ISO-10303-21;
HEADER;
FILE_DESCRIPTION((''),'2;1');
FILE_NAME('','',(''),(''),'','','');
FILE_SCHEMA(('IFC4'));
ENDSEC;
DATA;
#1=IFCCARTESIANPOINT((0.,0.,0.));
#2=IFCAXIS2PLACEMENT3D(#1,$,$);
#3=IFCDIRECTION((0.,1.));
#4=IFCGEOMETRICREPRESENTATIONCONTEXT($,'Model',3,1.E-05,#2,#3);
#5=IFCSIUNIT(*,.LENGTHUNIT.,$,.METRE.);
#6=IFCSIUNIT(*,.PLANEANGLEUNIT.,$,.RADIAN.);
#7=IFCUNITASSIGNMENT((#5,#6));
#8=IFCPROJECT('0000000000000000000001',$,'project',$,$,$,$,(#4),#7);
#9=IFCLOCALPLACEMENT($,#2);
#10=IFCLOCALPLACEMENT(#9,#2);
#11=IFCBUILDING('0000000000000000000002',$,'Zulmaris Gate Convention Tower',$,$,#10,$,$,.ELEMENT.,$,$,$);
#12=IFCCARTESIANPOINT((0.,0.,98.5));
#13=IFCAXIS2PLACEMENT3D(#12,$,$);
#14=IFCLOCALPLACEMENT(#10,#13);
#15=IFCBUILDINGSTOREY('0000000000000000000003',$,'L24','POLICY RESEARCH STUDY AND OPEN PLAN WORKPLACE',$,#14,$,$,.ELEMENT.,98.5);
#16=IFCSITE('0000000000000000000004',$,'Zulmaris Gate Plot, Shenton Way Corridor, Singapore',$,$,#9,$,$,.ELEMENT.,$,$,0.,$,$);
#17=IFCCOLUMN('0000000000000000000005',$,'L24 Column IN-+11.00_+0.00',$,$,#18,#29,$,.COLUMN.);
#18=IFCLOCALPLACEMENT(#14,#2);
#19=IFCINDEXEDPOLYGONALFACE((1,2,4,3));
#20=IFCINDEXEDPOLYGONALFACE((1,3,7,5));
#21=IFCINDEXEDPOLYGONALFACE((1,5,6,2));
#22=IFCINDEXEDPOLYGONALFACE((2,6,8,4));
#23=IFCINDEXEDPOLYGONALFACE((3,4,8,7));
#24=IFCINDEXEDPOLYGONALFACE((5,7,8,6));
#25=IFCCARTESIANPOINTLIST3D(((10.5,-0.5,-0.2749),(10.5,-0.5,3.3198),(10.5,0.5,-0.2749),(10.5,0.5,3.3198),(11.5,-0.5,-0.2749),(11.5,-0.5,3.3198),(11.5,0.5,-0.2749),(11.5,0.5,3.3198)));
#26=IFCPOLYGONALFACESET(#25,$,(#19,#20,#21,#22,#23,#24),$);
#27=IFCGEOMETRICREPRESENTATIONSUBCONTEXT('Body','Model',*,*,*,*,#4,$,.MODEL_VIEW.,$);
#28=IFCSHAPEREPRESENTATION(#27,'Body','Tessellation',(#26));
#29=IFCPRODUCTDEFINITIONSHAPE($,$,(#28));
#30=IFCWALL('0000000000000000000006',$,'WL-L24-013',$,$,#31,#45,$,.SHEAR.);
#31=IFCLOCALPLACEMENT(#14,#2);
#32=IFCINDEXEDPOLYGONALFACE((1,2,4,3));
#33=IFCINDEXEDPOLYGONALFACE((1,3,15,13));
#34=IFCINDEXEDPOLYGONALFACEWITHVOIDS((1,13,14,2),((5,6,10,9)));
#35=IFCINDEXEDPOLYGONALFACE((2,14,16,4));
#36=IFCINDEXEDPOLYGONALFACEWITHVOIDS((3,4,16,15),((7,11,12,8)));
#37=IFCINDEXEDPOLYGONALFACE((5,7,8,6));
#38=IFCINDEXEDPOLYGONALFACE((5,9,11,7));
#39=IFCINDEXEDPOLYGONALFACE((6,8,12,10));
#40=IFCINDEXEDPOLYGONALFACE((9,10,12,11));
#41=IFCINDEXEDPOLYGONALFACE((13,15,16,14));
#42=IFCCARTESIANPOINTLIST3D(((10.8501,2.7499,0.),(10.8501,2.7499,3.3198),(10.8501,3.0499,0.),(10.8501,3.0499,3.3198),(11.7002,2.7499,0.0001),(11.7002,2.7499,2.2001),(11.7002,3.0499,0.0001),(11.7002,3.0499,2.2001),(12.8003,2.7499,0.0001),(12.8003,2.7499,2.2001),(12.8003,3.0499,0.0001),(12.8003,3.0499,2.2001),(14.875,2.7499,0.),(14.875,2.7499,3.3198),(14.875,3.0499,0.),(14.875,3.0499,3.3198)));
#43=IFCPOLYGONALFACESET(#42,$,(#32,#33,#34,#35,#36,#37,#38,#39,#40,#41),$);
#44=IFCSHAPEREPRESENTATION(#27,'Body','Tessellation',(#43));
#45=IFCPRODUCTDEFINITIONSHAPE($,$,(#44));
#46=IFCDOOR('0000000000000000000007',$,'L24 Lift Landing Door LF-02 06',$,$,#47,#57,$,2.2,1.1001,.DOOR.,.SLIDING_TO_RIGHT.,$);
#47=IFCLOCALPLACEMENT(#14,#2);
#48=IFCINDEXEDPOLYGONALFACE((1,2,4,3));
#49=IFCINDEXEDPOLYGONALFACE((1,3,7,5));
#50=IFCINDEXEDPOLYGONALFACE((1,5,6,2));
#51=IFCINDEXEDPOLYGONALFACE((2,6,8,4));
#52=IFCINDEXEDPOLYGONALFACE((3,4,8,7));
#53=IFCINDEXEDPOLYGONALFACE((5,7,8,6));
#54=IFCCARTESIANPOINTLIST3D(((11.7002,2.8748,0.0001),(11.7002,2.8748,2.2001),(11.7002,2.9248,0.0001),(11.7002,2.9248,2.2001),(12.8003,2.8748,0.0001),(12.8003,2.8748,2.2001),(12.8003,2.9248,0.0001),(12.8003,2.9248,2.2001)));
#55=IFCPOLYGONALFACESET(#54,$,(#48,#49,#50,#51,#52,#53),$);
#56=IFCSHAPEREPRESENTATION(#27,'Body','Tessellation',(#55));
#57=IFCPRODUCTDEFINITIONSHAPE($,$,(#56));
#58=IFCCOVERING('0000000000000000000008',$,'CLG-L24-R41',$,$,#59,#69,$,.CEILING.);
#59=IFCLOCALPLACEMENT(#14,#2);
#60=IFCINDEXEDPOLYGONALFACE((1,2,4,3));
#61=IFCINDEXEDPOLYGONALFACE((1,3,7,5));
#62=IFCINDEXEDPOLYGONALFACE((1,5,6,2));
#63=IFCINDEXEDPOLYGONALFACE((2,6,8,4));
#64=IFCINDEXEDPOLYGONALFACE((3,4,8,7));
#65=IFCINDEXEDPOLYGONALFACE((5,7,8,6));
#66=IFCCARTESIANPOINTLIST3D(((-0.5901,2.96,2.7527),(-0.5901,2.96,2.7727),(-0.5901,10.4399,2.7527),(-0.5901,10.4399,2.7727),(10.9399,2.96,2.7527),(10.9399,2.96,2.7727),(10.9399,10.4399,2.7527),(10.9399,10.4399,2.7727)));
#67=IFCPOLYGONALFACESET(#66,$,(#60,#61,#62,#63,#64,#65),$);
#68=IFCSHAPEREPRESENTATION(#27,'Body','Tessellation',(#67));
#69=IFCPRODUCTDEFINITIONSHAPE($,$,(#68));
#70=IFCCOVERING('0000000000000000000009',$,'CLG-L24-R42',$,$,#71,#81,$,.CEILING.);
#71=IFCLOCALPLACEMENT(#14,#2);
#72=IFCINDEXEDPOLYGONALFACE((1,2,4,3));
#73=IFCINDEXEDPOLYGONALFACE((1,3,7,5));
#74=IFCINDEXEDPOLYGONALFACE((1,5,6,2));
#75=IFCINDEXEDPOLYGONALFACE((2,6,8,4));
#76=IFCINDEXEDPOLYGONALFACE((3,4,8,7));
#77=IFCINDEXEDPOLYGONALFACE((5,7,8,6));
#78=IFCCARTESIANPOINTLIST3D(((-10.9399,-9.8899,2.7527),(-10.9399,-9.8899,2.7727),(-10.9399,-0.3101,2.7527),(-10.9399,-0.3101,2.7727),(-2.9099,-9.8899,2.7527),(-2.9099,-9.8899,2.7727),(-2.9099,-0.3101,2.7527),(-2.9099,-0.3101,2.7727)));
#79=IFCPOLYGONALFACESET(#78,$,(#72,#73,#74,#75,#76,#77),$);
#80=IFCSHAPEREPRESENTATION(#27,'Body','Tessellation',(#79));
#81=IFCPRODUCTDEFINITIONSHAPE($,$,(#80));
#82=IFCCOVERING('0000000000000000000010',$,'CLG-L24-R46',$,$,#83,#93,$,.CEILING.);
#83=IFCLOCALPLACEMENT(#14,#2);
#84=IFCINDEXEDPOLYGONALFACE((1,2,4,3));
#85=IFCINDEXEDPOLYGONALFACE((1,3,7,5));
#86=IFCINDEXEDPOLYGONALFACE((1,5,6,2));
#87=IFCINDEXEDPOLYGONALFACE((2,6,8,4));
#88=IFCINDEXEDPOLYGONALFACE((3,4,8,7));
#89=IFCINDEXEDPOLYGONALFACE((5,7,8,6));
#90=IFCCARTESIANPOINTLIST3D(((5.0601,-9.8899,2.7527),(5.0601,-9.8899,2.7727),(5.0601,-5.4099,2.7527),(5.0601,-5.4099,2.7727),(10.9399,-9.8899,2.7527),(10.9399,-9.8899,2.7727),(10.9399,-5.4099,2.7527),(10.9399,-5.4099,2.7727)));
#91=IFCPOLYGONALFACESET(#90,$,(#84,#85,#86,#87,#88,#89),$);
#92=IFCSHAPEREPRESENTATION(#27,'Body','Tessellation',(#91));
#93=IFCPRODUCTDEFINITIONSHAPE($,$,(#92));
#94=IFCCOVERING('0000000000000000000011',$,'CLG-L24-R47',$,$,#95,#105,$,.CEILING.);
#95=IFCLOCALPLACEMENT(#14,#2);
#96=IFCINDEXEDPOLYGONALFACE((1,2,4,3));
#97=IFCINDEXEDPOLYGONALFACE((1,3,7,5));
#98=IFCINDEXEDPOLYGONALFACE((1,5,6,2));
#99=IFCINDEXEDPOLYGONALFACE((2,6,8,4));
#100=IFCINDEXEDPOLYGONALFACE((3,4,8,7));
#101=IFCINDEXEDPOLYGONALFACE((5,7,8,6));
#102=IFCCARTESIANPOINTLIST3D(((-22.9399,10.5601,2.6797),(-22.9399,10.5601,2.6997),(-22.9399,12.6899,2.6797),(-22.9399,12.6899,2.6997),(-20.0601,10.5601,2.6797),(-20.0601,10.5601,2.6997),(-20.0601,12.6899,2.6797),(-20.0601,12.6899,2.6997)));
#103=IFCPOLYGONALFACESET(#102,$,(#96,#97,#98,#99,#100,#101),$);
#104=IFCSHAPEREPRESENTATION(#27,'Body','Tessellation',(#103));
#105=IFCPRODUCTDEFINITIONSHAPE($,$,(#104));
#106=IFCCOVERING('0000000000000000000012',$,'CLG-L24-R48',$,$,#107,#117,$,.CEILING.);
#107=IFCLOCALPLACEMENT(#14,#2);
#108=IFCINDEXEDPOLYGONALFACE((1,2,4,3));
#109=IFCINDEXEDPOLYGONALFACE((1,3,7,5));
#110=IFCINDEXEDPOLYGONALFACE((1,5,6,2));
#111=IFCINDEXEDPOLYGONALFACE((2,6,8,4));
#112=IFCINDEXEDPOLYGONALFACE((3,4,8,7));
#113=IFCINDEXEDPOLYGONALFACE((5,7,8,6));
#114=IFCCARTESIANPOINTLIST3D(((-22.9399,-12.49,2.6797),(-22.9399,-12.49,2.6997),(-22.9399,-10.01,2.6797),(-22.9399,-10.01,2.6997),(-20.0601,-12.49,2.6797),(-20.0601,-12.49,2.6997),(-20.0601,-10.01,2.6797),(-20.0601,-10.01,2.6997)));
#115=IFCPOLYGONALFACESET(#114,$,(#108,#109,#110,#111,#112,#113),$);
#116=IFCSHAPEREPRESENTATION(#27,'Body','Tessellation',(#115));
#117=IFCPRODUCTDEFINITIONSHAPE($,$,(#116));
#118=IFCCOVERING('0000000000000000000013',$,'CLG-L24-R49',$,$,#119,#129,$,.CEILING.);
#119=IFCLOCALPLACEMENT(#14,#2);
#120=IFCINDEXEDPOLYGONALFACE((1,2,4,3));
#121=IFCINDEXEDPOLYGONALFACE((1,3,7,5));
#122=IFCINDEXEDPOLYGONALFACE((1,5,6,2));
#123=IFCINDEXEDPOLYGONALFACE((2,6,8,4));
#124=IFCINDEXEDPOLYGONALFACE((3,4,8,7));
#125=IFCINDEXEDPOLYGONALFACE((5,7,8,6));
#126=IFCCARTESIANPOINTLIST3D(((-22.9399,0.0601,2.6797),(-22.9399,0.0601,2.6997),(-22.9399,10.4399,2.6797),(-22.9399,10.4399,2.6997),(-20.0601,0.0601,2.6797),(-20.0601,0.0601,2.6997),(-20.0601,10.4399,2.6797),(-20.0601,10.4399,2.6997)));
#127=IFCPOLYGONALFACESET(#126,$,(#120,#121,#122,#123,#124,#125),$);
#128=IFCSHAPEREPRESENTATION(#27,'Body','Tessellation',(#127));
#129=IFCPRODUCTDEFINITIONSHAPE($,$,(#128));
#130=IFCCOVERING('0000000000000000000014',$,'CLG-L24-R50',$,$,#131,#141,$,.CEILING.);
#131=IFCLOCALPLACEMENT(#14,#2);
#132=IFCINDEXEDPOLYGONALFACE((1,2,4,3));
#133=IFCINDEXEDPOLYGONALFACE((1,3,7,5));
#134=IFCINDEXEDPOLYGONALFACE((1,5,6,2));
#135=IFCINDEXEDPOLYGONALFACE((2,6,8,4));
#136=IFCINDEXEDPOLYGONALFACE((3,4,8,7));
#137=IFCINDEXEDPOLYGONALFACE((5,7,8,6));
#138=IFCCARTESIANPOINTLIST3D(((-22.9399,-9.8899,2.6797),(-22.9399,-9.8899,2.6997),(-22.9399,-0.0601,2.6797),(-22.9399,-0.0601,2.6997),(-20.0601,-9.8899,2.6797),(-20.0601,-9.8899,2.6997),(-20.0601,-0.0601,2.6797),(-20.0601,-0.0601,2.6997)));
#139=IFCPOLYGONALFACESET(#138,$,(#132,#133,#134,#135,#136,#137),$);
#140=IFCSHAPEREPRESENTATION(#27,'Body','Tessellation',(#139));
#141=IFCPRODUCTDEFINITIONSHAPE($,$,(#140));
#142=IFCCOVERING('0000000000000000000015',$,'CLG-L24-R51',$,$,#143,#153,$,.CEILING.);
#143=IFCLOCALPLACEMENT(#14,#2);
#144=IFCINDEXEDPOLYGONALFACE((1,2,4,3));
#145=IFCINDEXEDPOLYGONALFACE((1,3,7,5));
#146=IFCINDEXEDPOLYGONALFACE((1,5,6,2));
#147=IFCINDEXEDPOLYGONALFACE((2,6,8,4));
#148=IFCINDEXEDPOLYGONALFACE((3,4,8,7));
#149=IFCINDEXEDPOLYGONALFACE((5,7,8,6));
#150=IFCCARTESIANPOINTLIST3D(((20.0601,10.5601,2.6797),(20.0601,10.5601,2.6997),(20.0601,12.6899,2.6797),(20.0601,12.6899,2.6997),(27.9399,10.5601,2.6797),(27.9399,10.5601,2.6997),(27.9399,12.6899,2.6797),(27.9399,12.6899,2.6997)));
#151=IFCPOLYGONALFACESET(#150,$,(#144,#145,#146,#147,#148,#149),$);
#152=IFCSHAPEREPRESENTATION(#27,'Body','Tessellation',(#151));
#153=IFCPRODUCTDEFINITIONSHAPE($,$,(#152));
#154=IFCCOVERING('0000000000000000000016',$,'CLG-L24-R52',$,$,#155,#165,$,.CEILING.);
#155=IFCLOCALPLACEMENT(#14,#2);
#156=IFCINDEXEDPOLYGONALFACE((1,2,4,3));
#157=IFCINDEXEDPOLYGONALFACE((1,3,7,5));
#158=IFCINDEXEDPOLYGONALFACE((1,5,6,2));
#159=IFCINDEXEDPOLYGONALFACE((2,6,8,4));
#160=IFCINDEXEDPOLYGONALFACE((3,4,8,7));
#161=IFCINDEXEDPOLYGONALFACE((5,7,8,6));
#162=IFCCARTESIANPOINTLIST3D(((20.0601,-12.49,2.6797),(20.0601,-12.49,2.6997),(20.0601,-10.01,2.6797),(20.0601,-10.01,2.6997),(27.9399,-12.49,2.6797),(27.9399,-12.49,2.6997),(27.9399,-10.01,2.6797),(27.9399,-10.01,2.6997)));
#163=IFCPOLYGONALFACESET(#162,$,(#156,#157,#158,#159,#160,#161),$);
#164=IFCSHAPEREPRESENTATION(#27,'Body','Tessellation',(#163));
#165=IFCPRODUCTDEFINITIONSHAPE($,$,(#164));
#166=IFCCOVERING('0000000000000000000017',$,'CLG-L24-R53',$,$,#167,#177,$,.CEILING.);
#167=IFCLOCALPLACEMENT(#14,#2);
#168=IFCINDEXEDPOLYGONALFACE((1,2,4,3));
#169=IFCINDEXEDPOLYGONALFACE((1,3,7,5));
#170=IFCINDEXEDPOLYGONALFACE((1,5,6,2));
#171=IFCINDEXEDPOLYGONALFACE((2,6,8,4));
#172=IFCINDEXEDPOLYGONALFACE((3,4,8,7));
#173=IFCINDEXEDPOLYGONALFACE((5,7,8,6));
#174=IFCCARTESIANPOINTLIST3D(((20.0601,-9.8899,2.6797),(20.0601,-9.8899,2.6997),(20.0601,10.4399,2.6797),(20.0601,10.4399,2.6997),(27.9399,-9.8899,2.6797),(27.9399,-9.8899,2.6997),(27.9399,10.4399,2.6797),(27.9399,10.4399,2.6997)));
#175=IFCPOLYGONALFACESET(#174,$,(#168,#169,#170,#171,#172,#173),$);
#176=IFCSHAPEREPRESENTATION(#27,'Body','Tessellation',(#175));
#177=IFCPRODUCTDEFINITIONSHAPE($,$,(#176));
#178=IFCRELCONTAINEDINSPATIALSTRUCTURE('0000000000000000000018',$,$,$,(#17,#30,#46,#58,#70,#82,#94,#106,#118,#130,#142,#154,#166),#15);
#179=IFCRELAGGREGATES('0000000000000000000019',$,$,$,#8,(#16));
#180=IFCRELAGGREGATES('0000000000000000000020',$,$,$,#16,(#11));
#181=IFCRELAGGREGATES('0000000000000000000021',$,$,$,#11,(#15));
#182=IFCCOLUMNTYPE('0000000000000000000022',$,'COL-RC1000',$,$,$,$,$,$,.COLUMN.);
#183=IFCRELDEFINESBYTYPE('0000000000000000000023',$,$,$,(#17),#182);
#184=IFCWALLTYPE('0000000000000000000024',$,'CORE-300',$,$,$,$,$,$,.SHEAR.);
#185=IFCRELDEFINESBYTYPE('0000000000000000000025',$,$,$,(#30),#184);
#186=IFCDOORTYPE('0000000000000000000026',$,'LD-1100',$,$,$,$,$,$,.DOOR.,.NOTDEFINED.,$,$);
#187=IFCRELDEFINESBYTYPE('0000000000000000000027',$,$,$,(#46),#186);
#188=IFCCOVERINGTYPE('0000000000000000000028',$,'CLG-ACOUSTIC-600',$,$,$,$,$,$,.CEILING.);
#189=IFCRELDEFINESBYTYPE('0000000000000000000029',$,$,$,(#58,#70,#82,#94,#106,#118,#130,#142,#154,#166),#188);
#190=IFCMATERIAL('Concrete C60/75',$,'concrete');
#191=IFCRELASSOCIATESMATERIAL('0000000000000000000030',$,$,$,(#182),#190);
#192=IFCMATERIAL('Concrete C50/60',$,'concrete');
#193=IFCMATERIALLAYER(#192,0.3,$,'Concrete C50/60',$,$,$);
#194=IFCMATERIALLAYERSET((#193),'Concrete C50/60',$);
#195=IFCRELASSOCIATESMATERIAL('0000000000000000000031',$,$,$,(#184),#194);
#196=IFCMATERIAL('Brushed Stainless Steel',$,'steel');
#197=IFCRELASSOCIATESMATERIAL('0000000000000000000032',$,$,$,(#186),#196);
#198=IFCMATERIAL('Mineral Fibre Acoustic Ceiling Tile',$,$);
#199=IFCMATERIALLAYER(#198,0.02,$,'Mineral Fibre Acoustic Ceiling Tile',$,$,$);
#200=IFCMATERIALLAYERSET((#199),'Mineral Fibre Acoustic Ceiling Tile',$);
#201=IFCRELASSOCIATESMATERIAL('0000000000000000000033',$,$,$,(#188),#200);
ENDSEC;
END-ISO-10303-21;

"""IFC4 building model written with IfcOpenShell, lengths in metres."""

from ifc_helpers import new_model, si_unit, direction, frame, frame_2d, origin, origin_2d, place, context, subcontext, project, spatial, polyline, rectangle, outline, extrude, material, layer, layer_set, material_profile, profile_set, type_object, element, fill, save


model = new_model("IFC4")

# Units and contexts
model_context = context("Model", 3, precision=1e-05, world=origin(), true_north=direction((0.0, 1.0)))
body_context = subcontext(model_context, "Body", "Model", "MODEL_VIEW")
ifc_project = project(units=[si_unit("LENGTHUNIT", "METRE"), si_unit("PLANEANGLEUNIT", "RADIAN")], contexts=[model_context])

# Site, building, storey
site_placement = place(None, origin())
site = spatial("IfcSite", under=ifc_project, at=site_placement, Name="Zulmaris Gate Plot, Shenton Way Corridor, Singapore", CompositionType="ELEMENT", RefElevation=0.0)
building_placement = place(site_placement, origin())
building = spatial("IfcBuilding", under=site, at=building_placement, Name="Zulmaris Gate Convention Tower", CompositionType="ELEMENT")
storey_placement = place(building_placement, frame((0.0, 0.0, 98.5)))
storey = spatial("IfcBuildingStorey", under=building, at=storey_placement, Name="L24", Description="POLICY RESEARCH STUDY AND OPEN PLAN WORKPLACE", CompositionType="ELEMENT", Elevation=98.5)

# Column
ifc_material_1 = material(Name="Concrete C60/75", Category="concrete")
ifc_material_profile = material_profile(ifc_material_1, rectangle(XDim=1.0, YDim=1.0, at=origin_2d()), Name="RC COL 1000x1000")
ifc_profile_set = profile_set([ifc_material_profile], Name="Concrete C60/75")
column_type = type_object("IfcColumnType", Name="COL-RC1000", PredefinedType="COLUMN", material=ifc_profile_set)
column_placement = place(storey_placement, frame((11.0, 0.0, -0.2749), z_axis=(0.0, 0.0, 1.0), x_axis=(1.0, 0.0, 0.0)))
element("IfcColumn", 1, at=column_placement, inside=storey, type_object=column_type, Name="L24 Column IN-+11.00_+0.00", PredefinedType="COLUMN", context=body_context, shape_type="SweptSolid", body=[
    extrude(rectangle(XDim=1.0, YDim=1.0, at=origin_2d()), origin(), (0.0, 0.0, 1.0), 3.5947),
])

# Wall, opening, door
ifc_material_2 = material(Name="Concrete C50/60", Category="concrete")
ifc_layer_1 = layer(ifc_material_2, 0.3, Name="Concrete C50/60")
ifc_layer_set_1 = layer_set([ifc_layer_1], Name="Concrete C50/60")
wall_type = type_object("IfcWallType", Name="CORE-300", PredefinedType="SHEAR", material=ifc_layer_set_1)
wall_1_placement = place(storey_placement, frame((10.8501, 2.8999, 0.0), z_axis=(0.0, 0.0, 1.0), x_axis=(1.0, 0.0, 0.0)))
wall_1 = element("IfcWall", 2, at=wall_1_placement, inside=storey, type_object=wall_type, Name="WL-L24-013", PredefinedType="SHEAR", context=body_context, shape_type="SweptSolid", body=[
    extrude(rectangle(XDim=4.0249, YDim=0.3, at=frame_2d((2.0125, 0.0))), origin(), (0.0, 0.0, 1.0), 3.3198),
])
opening_1_placement = place(wall_1_placement, frame((0.8501, 0.0, 0.0)))
opening_1 = element("IfcOpeningElement", 3, at=opening_1_placement, cuts=wall_1, PredefinedType="OPENING", context=body_context, shape_type="SweptSolid", body=[
    extrude(rectangle(XDim=1.1001, YDim=2.2, at=frame_2d((0.55, 1.1001))), frame((0.0, 0.1602, 0.0), z_axis=(0.0, -1.0, 0.0), x_axis=(1.0, 0.0, 0.0)), (0.0, 0.0, 1.0), 0.3201),
])
ifc_material_3 = material(Name="Brushed Stainless Steel", Category="steel")
door_type_1 = type_object("IfcDoorType", Name="LD-1100", OperationType="NOTDEFINED", PredefinedType="DOOR", material=ifc_material_3)
door_1_placement = place(opening_1_placement, origin())
door_1 = element("IfcDoor", 4, at=door_1_placement, inside=storey, type_object=door_type_1, Name="L24 Lift Landing Door LF-02 06", OperationType="SLIDING_TO_RIGHT", OverallHeight=2.2, OverallWidth=1.1001, PredefinedType="DOOR", context=body_context, shape_type="SweptSolid", body=[
    extrude(rectangle(XDim=1.1001, YDim=2.2, at=frame_2d((0.55, 1.1001))), frame((0.0, 0.0249, 0.0), z_axis=(0.0, -1.0, 0.0), x_axis=(1.0, 0.0, 0.0)), (0.0, 0.0, 1.0), 0.05),
])
fill(opening_1, door_1)

# Coverings
ifc_material_4 = material(Name="Mineral Fibre Acoustic Ceiling Tile")
ifc_layer_2 = layer(ifc_material_4, 0.02, Name="Mineral Fibre Acoustic Ceiling Tile")
ifc_layer_set_2 = layer_set([ifc_layer_2], Name="Mineral Fibre Acoustic Ceiling Tile")
covering_type_1 = type_object("IfcCoveringType", Name="CLG-ACOUSTIC-600", PredefinedType="CEILING", material=ifc_layer_set_2)
covering_1_placement = place(storey_placement, frame((0.0, 0.0, 2.7527)))
element("IfcCovering", 5, at=covering_1_placement, inside=storey, type_object=covering_type_1, Name="CLG-L24-R41", PredefinedType="CEILING", context=body_context, shape_type="SweptSolid", body=[
    extrude(outline(polyline([(-0.5901, 2.96), (10.9399, 2.96), (10.9399, 10.4399), (-0.5901, 10.4399), (-0.5901, 2.96)])), origin(), (0.0, 0.0, 1.0), 0.02),
])
covering_2_placement = place(storey_placement, frame((0.0, 0.0, 2.7527)))
element("IfcCovering", 6, at=covering_2_placement, inside=storey, type_object=covering_type_1, Name="CLG-L24-R42", PredefinedType="CEILING", context=body_context, shape_type="SweptSolid", body=[
    extrude(outline(polyline([(-10.9399, -9.8899), (-2.9099, -9.8899), (-2.9099, -0.3101), (-10.9399, -0.3101), (-10.9399, -9.8899)])), origin(), (0.0, 0.0, 1.0), 0.02),
])
covering_3_placement = place(storey_placement, frame((0.0, 0.0, 2.7527)))
element("IfcCovering", 7, at=covering_3_placement, inside=storey, type_object=covering_type_1, Name="CLG-L24-R46", PredefinedType="CEILING", context=body_context, shape_type="SweptSolid", body=[
    extrude(outline(polyline([(5.0601, -9.8899), (10.9399, -9.8899), (10.9399, -5.4099), (5.0601, -5.4099), (5.0601, -9.8899)])), origin(), (0.0, 0.0, 1.0), 0.02),
])
covering_4_placement = place(storey_placement, frame((0.0, 0.0, 2.6797)))
element("IfcCovering", 8, at=covering_4_placement, inside=storey, type_object=covering_type_1, Name="CLG-L24-R47", PredefinedType="CEILING", context=body_context, shape_type="SweptSolid", body=[
    extrude(outline(polyline([(-22.9399, 10.5601), (-20.0601, 10.5601), (-20.0601, 12.6899), (-22.9399, 12.6899), (-22.9399, 10.5601)])), origin(), (0.0, 0.0, 1.0), 0.02),
])
covering_5_placement = place(storey_placement, frame((0.0, 0.0, 2.6797)))
element("IfcCovering", 9, at=covering_5_placement, inside=storey, type_object=covering_type_1, Name="CLG-L24-R48", PredefinedType="CEILING", context=body_context, shape_type="SweptSolid", body=[
    extrude(outline(polyline([(-22.9399, -12.49), (-20.0601, -12.49), (-20.0601, -10.01), (-22.9399, -10.01), (-22.9399, -12.49)])), origin(), (0.0, 0.0, 1.0), 0.02),
])
covering_6_placement = place(storey_placement, frame((0.0, 0.0, 2.6797)))
element("IfcCovering", 10, at=covering_6_placement, inside=storey, type_object=covering_type_1, Name="CLG-L24-R49", PredefinedType="CEILING", context=body_context, shape_type="SweptSolid", body=[
    extrude(outline(polyline([(-22.9399, 0.0601), (-20.0601, 0.0601), (-20.0601, 10.4399), (-22.9399, 10.4399), (-22.9399, 0.0601)])), origin(), (0.0, 0.0, 1.0), 0.02),
])
covering_7_placement = place(storey_placement, frame((0.0, 0.0, 2.6797)))
element("IfcCovering", 11, at=covering_7_placement, inside=storey, type_object=covering_type_1, Name="CLG-L24-R50", PredefinedType="CEILING", context=body_context, shape_type="SweptSolid", body=[
    extrude(outline(polyline([(-22.9399, -9.8899), (-20.0601, -9.8899), (-20.0601, -0.0601), (-22.9399, -0.0601), (-22.9399, -9.8899)])), origin(), (0.0, 0.0, 1.0), 0.02),
])
covering_8_placement = place(storey_placement, frame((0.0, 0.0, 2.6797)))
element("IfcCovering", 12, at=covering_8_placement, inside=storey, type_object=covering_type_1, Name="CLG-L24-R51", PredefinedType="CEILING", context=body_context, shape_type="SweptSolid", body=[
    extrude(outline(polyline([(20.0601, 10.5601), (27.9399, 10.5601), (27.9399, 12.6899), (20.0601, 12.6899), (20.0601, 10.5601)])), origin(), (0.0, 0.0, 1.0), 0.02),
])
covering_9_placement = place(storey_placement, frame((0.0, 0.0, 2.6797)))
element("IfcCovering", 13, at=covering_9_placement, inside=storey, type_object=covering_type_1, Name="CLG-L24-R52", PredefinedType="CEILING", context=body_context, shape_type="SweptSolid", body=[
    extrude(outline(polyline([(20.0601, -12.49), (27.9399, -12.49), (27.9399, -10.01), (20.0601, -10.01), (20.0601, -12.49)])), origin(), (0.0, 0.0, 1.0), 0.02),
])
covering_10_placement = place(storey_placement, frame((0.0, 0.0, 2.6797)))
element("IfcCovering", 14, at=covering_10_placement, inside=storey, type_object=covering_type_1, Name="CLG-L24-R53", PredefinedType="CEILING", context=body_context, shape_type="SweptSolid", body=[
    extrude(outline(polyline([(20.0601, -9.8899), (27.9399, -9.8899), (27.9399, 10.4399), (20.0601, 10.4399), (20.0601, -9.8899)])), origin(), (0.0, 0.0, 1.0), 0.02),
])

save(model, "model.ifc")
